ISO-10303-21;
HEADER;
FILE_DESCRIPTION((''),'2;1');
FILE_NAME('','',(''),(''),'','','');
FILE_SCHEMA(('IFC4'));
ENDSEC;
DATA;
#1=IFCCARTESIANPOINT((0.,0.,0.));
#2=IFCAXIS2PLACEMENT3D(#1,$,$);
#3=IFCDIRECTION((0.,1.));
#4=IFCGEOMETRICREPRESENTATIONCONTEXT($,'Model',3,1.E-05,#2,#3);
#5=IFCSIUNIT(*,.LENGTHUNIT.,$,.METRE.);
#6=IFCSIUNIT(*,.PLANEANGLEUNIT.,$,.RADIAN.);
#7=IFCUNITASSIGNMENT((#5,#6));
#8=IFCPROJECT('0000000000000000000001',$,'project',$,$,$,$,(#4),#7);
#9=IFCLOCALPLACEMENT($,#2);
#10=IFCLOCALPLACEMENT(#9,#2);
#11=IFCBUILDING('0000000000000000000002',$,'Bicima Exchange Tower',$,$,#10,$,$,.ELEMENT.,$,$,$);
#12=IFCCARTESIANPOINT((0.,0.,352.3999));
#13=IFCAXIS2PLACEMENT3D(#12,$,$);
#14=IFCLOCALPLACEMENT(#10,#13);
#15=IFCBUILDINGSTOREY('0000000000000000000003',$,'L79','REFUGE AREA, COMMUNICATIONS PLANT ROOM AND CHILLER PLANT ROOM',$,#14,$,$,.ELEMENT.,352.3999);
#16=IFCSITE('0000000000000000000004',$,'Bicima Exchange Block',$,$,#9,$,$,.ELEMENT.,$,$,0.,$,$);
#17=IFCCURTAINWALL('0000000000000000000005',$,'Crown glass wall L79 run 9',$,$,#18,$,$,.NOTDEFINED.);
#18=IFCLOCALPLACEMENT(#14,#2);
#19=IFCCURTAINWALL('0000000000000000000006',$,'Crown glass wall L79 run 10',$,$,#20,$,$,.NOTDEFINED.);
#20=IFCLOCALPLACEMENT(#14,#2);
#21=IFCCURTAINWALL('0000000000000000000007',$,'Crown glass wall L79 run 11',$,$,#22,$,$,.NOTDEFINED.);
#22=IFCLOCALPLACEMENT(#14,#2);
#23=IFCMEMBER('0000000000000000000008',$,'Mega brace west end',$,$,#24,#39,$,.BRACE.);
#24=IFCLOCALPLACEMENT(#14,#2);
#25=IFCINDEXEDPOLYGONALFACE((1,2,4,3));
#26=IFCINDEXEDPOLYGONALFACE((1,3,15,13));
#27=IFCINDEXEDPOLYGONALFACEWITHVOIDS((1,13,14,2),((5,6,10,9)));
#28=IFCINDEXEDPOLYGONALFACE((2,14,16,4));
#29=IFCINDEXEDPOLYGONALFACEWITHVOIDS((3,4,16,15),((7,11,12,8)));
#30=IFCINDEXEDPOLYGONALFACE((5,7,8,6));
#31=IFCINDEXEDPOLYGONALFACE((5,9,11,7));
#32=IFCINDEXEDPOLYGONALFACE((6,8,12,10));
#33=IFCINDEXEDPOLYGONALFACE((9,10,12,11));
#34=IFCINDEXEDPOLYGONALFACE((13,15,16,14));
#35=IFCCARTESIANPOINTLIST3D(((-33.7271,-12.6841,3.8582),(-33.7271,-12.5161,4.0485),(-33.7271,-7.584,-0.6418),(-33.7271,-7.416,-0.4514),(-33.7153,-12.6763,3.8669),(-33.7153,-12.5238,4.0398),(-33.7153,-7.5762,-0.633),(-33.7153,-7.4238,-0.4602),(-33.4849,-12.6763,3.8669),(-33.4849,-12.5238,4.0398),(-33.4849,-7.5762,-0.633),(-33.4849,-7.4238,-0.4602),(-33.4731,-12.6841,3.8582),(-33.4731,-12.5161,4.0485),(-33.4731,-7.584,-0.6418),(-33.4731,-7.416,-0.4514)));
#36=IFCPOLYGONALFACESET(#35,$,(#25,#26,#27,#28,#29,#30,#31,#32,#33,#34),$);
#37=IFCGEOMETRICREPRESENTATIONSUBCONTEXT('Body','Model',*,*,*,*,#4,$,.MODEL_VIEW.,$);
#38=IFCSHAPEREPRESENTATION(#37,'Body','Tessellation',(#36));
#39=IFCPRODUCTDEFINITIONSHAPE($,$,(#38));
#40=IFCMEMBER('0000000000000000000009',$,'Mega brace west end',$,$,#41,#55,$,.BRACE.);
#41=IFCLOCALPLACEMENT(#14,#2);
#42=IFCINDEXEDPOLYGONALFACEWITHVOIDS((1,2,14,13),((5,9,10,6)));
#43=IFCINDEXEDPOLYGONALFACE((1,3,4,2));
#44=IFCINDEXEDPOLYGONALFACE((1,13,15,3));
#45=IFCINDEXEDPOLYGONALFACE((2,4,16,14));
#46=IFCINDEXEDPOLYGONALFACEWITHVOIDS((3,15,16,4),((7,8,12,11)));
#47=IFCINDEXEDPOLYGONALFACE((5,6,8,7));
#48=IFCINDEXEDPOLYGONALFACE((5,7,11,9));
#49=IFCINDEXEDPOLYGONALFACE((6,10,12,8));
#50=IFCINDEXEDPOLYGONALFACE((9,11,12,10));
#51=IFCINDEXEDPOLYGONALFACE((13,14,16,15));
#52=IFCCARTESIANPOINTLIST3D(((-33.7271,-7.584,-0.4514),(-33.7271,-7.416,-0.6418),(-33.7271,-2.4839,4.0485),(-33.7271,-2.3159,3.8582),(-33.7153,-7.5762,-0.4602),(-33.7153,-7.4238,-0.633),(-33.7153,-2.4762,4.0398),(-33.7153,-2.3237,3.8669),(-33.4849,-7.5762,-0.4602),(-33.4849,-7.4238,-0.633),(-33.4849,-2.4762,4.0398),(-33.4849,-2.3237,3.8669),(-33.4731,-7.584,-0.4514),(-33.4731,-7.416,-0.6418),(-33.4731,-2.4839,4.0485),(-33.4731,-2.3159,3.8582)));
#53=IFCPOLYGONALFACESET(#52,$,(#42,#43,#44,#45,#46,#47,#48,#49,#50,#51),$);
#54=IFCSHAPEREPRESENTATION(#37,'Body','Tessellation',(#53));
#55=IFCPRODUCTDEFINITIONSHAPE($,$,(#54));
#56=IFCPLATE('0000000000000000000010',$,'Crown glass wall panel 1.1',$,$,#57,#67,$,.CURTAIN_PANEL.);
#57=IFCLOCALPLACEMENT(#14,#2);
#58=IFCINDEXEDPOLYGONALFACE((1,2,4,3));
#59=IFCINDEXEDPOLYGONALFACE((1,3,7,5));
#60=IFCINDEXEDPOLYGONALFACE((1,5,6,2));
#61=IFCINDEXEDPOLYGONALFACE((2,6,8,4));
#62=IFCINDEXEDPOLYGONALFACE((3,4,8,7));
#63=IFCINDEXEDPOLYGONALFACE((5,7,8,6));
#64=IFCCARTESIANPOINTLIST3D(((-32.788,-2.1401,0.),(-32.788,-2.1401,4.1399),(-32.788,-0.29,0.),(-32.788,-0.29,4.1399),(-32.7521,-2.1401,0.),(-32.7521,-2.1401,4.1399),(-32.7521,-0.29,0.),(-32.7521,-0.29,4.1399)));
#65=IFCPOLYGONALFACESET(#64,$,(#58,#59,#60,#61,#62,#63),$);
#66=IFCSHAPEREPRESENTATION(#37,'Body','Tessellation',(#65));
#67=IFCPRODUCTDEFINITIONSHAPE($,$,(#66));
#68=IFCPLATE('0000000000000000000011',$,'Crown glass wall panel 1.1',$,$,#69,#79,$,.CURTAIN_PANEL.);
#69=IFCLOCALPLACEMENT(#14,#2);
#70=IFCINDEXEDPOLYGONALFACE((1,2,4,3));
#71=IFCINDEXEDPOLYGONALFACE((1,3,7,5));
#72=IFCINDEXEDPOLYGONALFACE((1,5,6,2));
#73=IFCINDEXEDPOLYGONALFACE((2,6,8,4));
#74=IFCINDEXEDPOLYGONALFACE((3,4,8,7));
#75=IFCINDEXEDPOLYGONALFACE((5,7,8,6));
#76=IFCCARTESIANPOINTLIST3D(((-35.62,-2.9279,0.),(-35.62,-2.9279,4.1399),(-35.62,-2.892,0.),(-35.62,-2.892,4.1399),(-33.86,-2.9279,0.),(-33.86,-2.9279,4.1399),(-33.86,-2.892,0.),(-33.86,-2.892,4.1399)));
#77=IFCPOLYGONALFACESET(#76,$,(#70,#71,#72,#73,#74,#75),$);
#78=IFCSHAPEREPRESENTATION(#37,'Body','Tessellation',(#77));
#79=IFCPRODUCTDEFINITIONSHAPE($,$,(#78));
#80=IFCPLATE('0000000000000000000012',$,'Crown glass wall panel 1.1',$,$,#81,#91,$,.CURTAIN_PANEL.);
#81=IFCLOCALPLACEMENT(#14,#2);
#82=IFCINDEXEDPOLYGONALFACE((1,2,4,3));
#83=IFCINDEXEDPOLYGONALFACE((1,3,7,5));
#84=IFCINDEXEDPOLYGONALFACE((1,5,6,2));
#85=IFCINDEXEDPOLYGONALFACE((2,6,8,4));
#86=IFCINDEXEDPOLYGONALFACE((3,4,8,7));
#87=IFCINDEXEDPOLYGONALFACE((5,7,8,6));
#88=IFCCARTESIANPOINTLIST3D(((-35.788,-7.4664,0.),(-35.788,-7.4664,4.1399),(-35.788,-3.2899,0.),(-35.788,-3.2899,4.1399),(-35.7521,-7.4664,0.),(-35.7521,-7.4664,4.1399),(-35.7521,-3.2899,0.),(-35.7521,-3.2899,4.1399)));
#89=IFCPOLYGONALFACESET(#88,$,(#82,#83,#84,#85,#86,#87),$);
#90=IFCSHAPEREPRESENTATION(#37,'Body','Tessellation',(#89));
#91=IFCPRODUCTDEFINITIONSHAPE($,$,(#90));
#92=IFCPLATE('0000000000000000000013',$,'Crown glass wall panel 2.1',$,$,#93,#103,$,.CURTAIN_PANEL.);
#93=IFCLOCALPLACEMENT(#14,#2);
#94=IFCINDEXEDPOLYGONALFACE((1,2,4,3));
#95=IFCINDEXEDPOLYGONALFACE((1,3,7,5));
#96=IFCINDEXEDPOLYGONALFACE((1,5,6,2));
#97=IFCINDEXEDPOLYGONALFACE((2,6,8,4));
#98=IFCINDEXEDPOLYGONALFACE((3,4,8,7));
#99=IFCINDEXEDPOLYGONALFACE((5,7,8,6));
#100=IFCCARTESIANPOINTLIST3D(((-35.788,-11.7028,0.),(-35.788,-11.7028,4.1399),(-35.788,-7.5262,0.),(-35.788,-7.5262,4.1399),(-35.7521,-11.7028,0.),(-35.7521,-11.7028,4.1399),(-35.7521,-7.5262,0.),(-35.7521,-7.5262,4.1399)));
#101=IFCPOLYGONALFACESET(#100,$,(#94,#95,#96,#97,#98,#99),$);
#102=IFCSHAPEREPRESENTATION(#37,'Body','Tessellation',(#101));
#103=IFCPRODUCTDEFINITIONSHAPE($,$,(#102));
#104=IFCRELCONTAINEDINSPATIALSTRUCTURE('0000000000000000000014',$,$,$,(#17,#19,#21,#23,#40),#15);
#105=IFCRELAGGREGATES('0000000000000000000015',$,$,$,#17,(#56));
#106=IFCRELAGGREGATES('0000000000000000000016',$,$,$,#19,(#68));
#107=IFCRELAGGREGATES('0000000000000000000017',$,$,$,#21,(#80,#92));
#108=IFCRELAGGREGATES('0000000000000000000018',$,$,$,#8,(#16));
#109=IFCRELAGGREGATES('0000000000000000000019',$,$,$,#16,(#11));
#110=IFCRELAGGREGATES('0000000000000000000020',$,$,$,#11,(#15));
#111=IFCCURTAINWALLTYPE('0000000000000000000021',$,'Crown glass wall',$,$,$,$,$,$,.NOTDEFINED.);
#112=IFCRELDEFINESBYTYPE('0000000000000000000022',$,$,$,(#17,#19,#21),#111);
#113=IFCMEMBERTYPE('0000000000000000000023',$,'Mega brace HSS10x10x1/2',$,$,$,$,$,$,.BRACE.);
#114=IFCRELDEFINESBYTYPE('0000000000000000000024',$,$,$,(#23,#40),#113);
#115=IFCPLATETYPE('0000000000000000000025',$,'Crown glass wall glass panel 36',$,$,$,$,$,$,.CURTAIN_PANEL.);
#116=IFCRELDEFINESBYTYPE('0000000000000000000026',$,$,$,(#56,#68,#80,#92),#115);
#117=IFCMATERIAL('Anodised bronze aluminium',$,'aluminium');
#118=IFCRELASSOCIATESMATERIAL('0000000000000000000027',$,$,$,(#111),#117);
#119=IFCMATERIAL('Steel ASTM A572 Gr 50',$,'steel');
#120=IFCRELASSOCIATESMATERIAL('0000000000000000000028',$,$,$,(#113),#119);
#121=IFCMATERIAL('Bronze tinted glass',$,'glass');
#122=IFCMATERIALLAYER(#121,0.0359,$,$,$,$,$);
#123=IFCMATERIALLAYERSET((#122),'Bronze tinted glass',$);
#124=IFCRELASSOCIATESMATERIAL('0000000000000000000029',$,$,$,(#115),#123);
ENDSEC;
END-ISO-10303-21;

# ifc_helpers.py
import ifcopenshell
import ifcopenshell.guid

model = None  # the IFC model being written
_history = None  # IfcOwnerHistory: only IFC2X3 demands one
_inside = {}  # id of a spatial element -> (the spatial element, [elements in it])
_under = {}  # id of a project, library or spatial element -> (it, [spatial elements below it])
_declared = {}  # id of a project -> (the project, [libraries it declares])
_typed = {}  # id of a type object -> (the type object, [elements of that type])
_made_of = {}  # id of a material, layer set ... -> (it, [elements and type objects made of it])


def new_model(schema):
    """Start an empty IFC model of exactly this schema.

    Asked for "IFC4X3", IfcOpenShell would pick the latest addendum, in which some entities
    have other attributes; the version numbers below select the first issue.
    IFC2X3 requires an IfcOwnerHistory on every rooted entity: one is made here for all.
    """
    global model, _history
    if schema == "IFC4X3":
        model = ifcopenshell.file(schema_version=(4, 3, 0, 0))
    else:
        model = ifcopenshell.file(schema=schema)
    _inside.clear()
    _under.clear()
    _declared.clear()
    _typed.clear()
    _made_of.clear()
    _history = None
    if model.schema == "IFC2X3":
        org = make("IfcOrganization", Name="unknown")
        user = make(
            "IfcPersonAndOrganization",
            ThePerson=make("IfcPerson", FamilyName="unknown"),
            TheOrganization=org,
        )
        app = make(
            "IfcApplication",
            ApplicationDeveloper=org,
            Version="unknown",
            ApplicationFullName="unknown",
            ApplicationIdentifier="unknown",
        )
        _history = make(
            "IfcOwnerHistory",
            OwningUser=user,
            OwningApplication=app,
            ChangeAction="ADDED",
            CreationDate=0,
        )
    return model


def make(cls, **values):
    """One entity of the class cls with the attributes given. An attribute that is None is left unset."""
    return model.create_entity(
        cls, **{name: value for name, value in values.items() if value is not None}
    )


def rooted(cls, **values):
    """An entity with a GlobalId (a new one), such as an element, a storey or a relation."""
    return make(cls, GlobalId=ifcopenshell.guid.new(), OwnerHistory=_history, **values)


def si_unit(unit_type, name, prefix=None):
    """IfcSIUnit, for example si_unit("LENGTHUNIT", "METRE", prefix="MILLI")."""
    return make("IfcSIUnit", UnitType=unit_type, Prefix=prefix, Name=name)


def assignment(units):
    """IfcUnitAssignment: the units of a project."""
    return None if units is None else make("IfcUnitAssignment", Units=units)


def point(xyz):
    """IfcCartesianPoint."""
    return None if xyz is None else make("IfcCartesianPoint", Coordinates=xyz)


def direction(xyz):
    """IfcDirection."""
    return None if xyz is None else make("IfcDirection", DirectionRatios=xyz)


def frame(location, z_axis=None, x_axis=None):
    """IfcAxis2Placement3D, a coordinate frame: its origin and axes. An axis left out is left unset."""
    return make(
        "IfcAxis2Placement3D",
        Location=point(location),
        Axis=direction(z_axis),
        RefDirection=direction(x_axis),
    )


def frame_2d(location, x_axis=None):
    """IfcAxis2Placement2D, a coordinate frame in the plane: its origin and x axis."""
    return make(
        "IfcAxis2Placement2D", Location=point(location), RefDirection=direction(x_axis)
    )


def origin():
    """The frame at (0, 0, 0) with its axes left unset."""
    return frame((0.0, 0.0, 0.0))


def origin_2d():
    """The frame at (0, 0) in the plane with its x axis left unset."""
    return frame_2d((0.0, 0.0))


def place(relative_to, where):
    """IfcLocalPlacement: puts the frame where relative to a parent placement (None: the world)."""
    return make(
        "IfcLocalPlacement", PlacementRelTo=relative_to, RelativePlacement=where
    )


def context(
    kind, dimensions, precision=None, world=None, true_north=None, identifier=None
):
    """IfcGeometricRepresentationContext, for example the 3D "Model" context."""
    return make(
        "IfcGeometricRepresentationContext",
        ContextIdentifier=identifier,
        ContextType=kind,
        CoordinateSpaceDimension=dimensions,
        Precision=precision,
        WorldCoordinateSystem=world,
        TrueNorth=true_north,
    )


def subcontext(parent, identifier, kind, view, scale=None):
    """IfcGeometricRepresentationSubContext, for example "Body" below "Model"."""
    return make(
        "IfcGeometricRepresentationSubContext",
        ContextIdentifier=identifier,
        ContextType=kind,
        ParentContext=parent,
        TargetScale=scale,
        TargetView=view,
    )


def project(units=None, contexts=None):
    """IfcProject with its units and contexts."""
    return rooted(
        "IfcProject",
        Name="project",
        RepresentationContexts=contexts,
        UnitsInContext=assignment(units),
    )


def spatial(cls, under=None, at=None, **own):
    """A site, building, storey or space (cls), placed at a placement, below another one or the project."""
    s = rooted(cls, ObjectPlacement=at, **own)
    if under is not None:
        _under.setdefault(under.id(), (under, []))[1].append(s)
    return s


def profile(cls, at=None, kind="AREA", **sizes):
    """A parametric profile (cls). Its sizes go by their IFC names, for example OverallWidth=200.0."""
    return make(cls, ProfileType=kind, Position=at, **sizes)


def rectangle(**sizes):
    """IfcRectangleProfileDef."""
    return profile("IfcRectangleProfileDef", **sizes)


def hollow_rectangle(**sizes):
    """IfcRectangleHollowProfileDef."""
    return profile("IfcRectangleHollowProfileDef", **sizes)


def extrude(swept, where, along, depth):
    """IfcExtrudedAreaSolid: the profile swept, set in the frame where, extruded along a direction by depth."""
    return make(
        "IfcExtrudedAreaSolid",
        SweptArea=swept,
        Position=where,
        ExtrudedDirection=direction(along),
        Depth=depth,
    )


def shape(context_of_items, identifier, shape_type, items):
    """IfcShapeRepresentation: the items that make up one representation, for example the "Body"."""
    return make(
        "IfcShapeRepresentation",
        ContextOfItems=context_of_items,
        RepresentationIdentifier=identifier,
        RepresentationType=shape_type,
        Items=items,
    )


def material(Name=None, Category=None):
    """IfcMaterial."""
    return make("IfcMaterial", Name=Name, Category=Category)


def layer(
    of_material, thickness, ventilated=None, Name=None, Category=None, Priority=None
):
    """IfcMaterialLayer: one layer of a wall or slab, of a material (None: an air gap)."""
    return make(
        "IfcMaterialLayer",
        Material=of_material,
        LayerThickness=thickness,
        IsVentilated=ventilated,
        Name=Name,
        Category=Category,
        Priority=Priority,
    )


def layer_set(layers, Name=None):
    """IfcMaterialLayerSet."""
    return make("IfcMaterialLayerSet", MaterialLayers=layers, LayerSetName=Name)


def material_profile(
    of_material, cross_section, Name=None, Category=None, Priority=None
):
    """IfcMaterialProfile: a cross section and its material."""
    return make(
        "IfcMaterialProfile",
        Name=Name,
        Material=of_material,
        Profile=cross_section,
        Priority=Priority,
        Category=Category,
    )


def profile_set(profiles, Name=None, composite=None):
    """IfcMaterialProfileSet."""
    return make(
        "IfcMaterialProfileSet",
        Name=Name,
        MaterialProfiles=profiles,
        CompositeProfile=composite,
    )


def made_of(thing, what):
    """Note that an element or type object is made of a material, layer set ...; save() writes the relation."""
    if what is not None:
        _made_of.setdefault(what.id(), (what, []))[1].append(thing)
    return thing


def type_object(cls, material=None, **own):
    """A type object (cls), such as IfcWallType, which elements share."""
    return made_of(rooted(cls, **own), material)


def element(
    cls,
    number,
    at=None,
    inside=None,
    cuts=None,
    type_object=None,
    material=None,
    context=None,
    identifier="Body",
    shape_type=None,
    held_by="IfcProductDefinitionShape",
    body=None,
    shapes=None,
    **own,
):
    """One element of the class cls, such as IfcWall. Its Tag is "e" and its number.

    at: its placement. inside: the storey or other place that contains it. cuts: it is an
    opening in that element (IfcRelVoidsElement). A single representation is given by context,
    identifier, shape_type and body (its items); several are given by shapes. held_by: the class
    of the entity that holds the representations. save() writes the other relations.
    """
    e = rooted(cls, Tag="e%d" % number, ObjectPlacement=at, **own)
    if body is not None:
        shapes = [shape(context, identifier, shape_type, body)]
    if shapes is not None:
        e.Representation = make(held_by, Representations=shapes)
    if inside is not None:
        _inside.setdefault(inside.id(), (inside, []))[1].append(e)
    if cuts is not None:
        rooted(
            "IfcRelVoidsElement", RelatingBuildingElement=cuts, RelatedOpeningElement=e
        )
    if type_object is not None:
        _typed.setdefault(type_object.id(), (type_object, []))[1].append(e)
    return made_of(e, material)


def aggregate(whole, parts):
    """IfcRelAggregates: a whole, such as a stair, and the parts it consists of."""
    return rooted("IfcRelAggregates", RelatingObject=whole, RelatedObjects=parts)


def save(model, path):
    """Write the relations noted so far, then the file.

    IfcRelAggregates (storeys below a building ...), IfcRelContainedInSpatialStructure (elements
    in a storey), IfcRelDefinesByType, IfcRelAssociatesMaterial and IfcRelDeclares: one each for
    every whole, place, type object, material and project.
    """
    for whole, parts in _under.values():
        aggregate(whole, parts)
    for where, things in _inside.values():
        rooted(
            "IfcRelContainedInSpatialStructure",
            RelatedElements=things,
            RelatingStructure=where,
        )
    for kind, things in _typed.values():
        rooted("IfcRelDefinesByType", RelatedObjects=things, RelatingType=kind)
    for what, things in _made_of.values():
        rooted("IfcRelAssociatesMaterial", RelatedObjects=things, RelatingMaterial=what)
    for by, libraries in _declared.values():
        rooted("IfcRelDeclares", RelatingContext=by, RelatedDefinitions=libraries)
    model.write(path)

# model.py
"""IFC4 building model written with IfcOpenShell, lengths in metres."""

from ifc_helpers import new_model, si_unit, direction, frame, origin, origin_2d, place, context, subcontext, project, spatial, rectangle, hollow_rectangle, extrude, material, layer, layer_set, material_profile, profile_set, type_object, element, aggregate, save


model = new_model("IFC4")

# Units and contexts
model_context = context("Model", 3, precision=1e-05, world=origin(), true_north=direction((0.0, 1.0)))
body_context = subcontext(model_context, "Body", "Model", "MODEL_VIEW")
ifc_project = project(units=[si_unit("LENGTHUNIT", "METRE"), si_unit("PLANEANGLEUNIT", "RADIAN")], contexts=[model_context])

# Site, building, storey
site_placement = place(None, origin())
site = spatial("IfcSite", under=ifc_project, at=site_placement, Name="Bicima Exchange Block", CompositionType="ELEMENT", RefElevation=0.0)
building_placement = place(site_placement, origin())
building = spatial("IfcBuilding", under=site, at=building_placement, Name="Bicima Exchange Tower", CompositionType="ELEMENT")
storey_placement = place(building_placement, frame((0.0, 0.0, 352.3999)))
storey = spatial("IfcBuildingStorey", under=building, at=storey_placement, Name="L79", Description="REFUGE AREA, COMMUNICATIONS PLANT ROOM AND CHILLER PLANT ROOM", CompositionType="ELEMENT", Elevation=352.3999)

# Shared definitions
ifc_material_1 = material(Name="Steel ASTM A572 Gr 50", Category="steel")

# Shared definitions
ifc_material_2 = material(Name="Anodised bronze aluminium", Category="aluminium")
curtain_wall_type = type_object("IfcCurtainWallType", Name="Crown glass wall", PredefinedType="NOTDEFINED", material=ifc_material_2)

# Curtain walls
curtain_wall_1_placement = place(storey_placement, origin())
curtain_wall_1 = element("IfcCurtainWall", 1, at=curtain_wall_1_placement, inside=storey, type_object=curtain_wall_type, Name="Crown glass wall L79 run 9", PredefinedType="NOTDEFINED")
curtain_wall_2_placement = place(storey_placement, origin())
curtain_wall_2 = element("IfcCurtainWall", 2, at=curtain_wall_2_placement, inside=storey, type_object=curtain_wall_type, Name="Crown glass wall L79 run 10", PredefinedType="NOTDEFINED")
curtain_wall_3_placement = place(storey_placement, origin())
curtain_wall_3 = element("IfcCurtainWall", 3, at=curtain_wall_3_placement, inside=storey, type_object=curtain_wall_type, Name="Crown glass wall L79 run 11", PredefinedType="NOTDEFINED")

# Members
ifc_material_profile_1 = material_profile(ifc_material_1, hollow_rectangle(XDim=0.2539, YDim=0.2539, WallThickness=0.0117, at=origin_2d()))
ifc_profile_set_1 = profile_set([ifc_material_profile_1], Name="Steel ASTM A572 Gr 50")
member_type_1 = type_object("IfcMemberType", Name="Mega brace HSS10x10x1/2", PredefinedType="BRACE", material=ifc_profile_set_1)
for number, where, z_axis, x_axis, name in (
    (4, (-33.6001, -7.5, -0.5466), (0.0, -0.749844, 0.661615), (1.0, 0.0, 0.0), "Mega brace west end"),
    (5, (-33.6001, -7.5, -0.5466), (0.0, 0.749844, 0.661615), (-1.0, 0.0, 0.0), "Mega brace west end"),
):
    element("IfcMember", number, at=place(storey_placement, frame(where, z_axis=z_axis, x_axis=x_axis)), inside=storey, type_object=member_type_1, Name=name, PredefinedType="BRACE", context=body_context, shape_type="SweptSolid", body=[
        extrude(hollow_rectangle(XDim=0.2539, YDim=0.2539, WallThickness=0.0117, at=origin_2d()), origin(), (0.0, 0.0, 1.0), 6.8015),
    ])

# Plates
ifc_material_3 = material(Name="Bronze tinted glass", Category="glass")
ifc_layer = layer(ifc_material_3, 0.0359)
ifc_layer_set = layer_set([ifc_layer], Name="Bronze tinted glass")
plate_type = type_object("IfcPlateType", Name="Crown glass wall glass panel 36", PredefinedType="CURTAIN_PANEL", material=ifc_layer_set)
plate_1_placement = place(storey_placement, frame((-32.77, -1.2151, 0.0), z_axis=(0.0, 0.0, 1.0), x_axis=(0.0, -1.0, 0.0)))
plate_1 = element("IfcPlate", 6, at=plate_1_placement, type_object=plate_type, Name="Crown glass wall panel 1.1", PredefinedType="CURTAIN_PANEL", context=body_context, shape_type="SweptSolid", body=[
    extrude(rectangle(XDim=1.8501, YDim=0.0359, at=origin_2d()), origin(), (0.0, 0.0, 1.0), 4.1399),
])
aggregate(curtain_wall_1, [plate_1])
plate_2_placement = place(storey_placement, frame((-34.74, -2.9099, 0.0), z_axis=(0.0, 0.0, 1.0), x_axis=(-1.0, 0.0, 0.0)))
plate_2 = element("IfcPlate", 7, at=plate_2_placement, type_object=plate_type, Name="Crown glass wall panel 1.1", PredefinedType="CURTAIN_PANEL", context=body_context, shape_type="SweptSolid", body=[
    extrude(rectangle(XDim=1.76, YDim=0.0359, at=origin_2d()), origin(), (0.0, 0.0, 1.0), 4.1399),
])
aggregate(curtain_wall_2, [plate_2])
plate_3_placement = place(storey_placement, frame((-35.77, -5.3782, 0.0), z_axis=(0.0, 0.0, 1.0), x_axis=(0.0, -1.0, 0.0)))
plate_3 = element("IfcPlate", 8, at=plate_3_placement, type_object=plate_type, Name="Crown glass wall panel 1.1", PredefinedType="CURTAIN_PANEL", context=body_context, shape_type="SweptSolid", body=[
    extrude(rectangle(XDim=4.1765, YDim=0.0359, at=origin_2d()), origin(), (0.0, 0.0, 1.0), 4.1399),
])
plate_4_placement = place(storey_placement, frame((-35.77, -9.6145, 0.0), z_axis=(0.0, 0.0, 1.0), x_axis=(0.0, -1.0, 0.0)))
plate_4 = element("IfcPlate", 9, at=plate_4_placement, type_object=plate_type, Name="Crown glass wall panel 2.1", PredefinedType="CURTAIN_PANEL", context=body_context, shape_type="SweptSolid", body=[
    extrude(rectangle(XDim=4.1765, YDim=0.0359, at=origin_2d()), origin(), (0.0, 0.0, 1.0), 4.1399),
])
aggregate(curtain_wall_3, [plate_3, plate_4])

save(model, "model.ifc")
